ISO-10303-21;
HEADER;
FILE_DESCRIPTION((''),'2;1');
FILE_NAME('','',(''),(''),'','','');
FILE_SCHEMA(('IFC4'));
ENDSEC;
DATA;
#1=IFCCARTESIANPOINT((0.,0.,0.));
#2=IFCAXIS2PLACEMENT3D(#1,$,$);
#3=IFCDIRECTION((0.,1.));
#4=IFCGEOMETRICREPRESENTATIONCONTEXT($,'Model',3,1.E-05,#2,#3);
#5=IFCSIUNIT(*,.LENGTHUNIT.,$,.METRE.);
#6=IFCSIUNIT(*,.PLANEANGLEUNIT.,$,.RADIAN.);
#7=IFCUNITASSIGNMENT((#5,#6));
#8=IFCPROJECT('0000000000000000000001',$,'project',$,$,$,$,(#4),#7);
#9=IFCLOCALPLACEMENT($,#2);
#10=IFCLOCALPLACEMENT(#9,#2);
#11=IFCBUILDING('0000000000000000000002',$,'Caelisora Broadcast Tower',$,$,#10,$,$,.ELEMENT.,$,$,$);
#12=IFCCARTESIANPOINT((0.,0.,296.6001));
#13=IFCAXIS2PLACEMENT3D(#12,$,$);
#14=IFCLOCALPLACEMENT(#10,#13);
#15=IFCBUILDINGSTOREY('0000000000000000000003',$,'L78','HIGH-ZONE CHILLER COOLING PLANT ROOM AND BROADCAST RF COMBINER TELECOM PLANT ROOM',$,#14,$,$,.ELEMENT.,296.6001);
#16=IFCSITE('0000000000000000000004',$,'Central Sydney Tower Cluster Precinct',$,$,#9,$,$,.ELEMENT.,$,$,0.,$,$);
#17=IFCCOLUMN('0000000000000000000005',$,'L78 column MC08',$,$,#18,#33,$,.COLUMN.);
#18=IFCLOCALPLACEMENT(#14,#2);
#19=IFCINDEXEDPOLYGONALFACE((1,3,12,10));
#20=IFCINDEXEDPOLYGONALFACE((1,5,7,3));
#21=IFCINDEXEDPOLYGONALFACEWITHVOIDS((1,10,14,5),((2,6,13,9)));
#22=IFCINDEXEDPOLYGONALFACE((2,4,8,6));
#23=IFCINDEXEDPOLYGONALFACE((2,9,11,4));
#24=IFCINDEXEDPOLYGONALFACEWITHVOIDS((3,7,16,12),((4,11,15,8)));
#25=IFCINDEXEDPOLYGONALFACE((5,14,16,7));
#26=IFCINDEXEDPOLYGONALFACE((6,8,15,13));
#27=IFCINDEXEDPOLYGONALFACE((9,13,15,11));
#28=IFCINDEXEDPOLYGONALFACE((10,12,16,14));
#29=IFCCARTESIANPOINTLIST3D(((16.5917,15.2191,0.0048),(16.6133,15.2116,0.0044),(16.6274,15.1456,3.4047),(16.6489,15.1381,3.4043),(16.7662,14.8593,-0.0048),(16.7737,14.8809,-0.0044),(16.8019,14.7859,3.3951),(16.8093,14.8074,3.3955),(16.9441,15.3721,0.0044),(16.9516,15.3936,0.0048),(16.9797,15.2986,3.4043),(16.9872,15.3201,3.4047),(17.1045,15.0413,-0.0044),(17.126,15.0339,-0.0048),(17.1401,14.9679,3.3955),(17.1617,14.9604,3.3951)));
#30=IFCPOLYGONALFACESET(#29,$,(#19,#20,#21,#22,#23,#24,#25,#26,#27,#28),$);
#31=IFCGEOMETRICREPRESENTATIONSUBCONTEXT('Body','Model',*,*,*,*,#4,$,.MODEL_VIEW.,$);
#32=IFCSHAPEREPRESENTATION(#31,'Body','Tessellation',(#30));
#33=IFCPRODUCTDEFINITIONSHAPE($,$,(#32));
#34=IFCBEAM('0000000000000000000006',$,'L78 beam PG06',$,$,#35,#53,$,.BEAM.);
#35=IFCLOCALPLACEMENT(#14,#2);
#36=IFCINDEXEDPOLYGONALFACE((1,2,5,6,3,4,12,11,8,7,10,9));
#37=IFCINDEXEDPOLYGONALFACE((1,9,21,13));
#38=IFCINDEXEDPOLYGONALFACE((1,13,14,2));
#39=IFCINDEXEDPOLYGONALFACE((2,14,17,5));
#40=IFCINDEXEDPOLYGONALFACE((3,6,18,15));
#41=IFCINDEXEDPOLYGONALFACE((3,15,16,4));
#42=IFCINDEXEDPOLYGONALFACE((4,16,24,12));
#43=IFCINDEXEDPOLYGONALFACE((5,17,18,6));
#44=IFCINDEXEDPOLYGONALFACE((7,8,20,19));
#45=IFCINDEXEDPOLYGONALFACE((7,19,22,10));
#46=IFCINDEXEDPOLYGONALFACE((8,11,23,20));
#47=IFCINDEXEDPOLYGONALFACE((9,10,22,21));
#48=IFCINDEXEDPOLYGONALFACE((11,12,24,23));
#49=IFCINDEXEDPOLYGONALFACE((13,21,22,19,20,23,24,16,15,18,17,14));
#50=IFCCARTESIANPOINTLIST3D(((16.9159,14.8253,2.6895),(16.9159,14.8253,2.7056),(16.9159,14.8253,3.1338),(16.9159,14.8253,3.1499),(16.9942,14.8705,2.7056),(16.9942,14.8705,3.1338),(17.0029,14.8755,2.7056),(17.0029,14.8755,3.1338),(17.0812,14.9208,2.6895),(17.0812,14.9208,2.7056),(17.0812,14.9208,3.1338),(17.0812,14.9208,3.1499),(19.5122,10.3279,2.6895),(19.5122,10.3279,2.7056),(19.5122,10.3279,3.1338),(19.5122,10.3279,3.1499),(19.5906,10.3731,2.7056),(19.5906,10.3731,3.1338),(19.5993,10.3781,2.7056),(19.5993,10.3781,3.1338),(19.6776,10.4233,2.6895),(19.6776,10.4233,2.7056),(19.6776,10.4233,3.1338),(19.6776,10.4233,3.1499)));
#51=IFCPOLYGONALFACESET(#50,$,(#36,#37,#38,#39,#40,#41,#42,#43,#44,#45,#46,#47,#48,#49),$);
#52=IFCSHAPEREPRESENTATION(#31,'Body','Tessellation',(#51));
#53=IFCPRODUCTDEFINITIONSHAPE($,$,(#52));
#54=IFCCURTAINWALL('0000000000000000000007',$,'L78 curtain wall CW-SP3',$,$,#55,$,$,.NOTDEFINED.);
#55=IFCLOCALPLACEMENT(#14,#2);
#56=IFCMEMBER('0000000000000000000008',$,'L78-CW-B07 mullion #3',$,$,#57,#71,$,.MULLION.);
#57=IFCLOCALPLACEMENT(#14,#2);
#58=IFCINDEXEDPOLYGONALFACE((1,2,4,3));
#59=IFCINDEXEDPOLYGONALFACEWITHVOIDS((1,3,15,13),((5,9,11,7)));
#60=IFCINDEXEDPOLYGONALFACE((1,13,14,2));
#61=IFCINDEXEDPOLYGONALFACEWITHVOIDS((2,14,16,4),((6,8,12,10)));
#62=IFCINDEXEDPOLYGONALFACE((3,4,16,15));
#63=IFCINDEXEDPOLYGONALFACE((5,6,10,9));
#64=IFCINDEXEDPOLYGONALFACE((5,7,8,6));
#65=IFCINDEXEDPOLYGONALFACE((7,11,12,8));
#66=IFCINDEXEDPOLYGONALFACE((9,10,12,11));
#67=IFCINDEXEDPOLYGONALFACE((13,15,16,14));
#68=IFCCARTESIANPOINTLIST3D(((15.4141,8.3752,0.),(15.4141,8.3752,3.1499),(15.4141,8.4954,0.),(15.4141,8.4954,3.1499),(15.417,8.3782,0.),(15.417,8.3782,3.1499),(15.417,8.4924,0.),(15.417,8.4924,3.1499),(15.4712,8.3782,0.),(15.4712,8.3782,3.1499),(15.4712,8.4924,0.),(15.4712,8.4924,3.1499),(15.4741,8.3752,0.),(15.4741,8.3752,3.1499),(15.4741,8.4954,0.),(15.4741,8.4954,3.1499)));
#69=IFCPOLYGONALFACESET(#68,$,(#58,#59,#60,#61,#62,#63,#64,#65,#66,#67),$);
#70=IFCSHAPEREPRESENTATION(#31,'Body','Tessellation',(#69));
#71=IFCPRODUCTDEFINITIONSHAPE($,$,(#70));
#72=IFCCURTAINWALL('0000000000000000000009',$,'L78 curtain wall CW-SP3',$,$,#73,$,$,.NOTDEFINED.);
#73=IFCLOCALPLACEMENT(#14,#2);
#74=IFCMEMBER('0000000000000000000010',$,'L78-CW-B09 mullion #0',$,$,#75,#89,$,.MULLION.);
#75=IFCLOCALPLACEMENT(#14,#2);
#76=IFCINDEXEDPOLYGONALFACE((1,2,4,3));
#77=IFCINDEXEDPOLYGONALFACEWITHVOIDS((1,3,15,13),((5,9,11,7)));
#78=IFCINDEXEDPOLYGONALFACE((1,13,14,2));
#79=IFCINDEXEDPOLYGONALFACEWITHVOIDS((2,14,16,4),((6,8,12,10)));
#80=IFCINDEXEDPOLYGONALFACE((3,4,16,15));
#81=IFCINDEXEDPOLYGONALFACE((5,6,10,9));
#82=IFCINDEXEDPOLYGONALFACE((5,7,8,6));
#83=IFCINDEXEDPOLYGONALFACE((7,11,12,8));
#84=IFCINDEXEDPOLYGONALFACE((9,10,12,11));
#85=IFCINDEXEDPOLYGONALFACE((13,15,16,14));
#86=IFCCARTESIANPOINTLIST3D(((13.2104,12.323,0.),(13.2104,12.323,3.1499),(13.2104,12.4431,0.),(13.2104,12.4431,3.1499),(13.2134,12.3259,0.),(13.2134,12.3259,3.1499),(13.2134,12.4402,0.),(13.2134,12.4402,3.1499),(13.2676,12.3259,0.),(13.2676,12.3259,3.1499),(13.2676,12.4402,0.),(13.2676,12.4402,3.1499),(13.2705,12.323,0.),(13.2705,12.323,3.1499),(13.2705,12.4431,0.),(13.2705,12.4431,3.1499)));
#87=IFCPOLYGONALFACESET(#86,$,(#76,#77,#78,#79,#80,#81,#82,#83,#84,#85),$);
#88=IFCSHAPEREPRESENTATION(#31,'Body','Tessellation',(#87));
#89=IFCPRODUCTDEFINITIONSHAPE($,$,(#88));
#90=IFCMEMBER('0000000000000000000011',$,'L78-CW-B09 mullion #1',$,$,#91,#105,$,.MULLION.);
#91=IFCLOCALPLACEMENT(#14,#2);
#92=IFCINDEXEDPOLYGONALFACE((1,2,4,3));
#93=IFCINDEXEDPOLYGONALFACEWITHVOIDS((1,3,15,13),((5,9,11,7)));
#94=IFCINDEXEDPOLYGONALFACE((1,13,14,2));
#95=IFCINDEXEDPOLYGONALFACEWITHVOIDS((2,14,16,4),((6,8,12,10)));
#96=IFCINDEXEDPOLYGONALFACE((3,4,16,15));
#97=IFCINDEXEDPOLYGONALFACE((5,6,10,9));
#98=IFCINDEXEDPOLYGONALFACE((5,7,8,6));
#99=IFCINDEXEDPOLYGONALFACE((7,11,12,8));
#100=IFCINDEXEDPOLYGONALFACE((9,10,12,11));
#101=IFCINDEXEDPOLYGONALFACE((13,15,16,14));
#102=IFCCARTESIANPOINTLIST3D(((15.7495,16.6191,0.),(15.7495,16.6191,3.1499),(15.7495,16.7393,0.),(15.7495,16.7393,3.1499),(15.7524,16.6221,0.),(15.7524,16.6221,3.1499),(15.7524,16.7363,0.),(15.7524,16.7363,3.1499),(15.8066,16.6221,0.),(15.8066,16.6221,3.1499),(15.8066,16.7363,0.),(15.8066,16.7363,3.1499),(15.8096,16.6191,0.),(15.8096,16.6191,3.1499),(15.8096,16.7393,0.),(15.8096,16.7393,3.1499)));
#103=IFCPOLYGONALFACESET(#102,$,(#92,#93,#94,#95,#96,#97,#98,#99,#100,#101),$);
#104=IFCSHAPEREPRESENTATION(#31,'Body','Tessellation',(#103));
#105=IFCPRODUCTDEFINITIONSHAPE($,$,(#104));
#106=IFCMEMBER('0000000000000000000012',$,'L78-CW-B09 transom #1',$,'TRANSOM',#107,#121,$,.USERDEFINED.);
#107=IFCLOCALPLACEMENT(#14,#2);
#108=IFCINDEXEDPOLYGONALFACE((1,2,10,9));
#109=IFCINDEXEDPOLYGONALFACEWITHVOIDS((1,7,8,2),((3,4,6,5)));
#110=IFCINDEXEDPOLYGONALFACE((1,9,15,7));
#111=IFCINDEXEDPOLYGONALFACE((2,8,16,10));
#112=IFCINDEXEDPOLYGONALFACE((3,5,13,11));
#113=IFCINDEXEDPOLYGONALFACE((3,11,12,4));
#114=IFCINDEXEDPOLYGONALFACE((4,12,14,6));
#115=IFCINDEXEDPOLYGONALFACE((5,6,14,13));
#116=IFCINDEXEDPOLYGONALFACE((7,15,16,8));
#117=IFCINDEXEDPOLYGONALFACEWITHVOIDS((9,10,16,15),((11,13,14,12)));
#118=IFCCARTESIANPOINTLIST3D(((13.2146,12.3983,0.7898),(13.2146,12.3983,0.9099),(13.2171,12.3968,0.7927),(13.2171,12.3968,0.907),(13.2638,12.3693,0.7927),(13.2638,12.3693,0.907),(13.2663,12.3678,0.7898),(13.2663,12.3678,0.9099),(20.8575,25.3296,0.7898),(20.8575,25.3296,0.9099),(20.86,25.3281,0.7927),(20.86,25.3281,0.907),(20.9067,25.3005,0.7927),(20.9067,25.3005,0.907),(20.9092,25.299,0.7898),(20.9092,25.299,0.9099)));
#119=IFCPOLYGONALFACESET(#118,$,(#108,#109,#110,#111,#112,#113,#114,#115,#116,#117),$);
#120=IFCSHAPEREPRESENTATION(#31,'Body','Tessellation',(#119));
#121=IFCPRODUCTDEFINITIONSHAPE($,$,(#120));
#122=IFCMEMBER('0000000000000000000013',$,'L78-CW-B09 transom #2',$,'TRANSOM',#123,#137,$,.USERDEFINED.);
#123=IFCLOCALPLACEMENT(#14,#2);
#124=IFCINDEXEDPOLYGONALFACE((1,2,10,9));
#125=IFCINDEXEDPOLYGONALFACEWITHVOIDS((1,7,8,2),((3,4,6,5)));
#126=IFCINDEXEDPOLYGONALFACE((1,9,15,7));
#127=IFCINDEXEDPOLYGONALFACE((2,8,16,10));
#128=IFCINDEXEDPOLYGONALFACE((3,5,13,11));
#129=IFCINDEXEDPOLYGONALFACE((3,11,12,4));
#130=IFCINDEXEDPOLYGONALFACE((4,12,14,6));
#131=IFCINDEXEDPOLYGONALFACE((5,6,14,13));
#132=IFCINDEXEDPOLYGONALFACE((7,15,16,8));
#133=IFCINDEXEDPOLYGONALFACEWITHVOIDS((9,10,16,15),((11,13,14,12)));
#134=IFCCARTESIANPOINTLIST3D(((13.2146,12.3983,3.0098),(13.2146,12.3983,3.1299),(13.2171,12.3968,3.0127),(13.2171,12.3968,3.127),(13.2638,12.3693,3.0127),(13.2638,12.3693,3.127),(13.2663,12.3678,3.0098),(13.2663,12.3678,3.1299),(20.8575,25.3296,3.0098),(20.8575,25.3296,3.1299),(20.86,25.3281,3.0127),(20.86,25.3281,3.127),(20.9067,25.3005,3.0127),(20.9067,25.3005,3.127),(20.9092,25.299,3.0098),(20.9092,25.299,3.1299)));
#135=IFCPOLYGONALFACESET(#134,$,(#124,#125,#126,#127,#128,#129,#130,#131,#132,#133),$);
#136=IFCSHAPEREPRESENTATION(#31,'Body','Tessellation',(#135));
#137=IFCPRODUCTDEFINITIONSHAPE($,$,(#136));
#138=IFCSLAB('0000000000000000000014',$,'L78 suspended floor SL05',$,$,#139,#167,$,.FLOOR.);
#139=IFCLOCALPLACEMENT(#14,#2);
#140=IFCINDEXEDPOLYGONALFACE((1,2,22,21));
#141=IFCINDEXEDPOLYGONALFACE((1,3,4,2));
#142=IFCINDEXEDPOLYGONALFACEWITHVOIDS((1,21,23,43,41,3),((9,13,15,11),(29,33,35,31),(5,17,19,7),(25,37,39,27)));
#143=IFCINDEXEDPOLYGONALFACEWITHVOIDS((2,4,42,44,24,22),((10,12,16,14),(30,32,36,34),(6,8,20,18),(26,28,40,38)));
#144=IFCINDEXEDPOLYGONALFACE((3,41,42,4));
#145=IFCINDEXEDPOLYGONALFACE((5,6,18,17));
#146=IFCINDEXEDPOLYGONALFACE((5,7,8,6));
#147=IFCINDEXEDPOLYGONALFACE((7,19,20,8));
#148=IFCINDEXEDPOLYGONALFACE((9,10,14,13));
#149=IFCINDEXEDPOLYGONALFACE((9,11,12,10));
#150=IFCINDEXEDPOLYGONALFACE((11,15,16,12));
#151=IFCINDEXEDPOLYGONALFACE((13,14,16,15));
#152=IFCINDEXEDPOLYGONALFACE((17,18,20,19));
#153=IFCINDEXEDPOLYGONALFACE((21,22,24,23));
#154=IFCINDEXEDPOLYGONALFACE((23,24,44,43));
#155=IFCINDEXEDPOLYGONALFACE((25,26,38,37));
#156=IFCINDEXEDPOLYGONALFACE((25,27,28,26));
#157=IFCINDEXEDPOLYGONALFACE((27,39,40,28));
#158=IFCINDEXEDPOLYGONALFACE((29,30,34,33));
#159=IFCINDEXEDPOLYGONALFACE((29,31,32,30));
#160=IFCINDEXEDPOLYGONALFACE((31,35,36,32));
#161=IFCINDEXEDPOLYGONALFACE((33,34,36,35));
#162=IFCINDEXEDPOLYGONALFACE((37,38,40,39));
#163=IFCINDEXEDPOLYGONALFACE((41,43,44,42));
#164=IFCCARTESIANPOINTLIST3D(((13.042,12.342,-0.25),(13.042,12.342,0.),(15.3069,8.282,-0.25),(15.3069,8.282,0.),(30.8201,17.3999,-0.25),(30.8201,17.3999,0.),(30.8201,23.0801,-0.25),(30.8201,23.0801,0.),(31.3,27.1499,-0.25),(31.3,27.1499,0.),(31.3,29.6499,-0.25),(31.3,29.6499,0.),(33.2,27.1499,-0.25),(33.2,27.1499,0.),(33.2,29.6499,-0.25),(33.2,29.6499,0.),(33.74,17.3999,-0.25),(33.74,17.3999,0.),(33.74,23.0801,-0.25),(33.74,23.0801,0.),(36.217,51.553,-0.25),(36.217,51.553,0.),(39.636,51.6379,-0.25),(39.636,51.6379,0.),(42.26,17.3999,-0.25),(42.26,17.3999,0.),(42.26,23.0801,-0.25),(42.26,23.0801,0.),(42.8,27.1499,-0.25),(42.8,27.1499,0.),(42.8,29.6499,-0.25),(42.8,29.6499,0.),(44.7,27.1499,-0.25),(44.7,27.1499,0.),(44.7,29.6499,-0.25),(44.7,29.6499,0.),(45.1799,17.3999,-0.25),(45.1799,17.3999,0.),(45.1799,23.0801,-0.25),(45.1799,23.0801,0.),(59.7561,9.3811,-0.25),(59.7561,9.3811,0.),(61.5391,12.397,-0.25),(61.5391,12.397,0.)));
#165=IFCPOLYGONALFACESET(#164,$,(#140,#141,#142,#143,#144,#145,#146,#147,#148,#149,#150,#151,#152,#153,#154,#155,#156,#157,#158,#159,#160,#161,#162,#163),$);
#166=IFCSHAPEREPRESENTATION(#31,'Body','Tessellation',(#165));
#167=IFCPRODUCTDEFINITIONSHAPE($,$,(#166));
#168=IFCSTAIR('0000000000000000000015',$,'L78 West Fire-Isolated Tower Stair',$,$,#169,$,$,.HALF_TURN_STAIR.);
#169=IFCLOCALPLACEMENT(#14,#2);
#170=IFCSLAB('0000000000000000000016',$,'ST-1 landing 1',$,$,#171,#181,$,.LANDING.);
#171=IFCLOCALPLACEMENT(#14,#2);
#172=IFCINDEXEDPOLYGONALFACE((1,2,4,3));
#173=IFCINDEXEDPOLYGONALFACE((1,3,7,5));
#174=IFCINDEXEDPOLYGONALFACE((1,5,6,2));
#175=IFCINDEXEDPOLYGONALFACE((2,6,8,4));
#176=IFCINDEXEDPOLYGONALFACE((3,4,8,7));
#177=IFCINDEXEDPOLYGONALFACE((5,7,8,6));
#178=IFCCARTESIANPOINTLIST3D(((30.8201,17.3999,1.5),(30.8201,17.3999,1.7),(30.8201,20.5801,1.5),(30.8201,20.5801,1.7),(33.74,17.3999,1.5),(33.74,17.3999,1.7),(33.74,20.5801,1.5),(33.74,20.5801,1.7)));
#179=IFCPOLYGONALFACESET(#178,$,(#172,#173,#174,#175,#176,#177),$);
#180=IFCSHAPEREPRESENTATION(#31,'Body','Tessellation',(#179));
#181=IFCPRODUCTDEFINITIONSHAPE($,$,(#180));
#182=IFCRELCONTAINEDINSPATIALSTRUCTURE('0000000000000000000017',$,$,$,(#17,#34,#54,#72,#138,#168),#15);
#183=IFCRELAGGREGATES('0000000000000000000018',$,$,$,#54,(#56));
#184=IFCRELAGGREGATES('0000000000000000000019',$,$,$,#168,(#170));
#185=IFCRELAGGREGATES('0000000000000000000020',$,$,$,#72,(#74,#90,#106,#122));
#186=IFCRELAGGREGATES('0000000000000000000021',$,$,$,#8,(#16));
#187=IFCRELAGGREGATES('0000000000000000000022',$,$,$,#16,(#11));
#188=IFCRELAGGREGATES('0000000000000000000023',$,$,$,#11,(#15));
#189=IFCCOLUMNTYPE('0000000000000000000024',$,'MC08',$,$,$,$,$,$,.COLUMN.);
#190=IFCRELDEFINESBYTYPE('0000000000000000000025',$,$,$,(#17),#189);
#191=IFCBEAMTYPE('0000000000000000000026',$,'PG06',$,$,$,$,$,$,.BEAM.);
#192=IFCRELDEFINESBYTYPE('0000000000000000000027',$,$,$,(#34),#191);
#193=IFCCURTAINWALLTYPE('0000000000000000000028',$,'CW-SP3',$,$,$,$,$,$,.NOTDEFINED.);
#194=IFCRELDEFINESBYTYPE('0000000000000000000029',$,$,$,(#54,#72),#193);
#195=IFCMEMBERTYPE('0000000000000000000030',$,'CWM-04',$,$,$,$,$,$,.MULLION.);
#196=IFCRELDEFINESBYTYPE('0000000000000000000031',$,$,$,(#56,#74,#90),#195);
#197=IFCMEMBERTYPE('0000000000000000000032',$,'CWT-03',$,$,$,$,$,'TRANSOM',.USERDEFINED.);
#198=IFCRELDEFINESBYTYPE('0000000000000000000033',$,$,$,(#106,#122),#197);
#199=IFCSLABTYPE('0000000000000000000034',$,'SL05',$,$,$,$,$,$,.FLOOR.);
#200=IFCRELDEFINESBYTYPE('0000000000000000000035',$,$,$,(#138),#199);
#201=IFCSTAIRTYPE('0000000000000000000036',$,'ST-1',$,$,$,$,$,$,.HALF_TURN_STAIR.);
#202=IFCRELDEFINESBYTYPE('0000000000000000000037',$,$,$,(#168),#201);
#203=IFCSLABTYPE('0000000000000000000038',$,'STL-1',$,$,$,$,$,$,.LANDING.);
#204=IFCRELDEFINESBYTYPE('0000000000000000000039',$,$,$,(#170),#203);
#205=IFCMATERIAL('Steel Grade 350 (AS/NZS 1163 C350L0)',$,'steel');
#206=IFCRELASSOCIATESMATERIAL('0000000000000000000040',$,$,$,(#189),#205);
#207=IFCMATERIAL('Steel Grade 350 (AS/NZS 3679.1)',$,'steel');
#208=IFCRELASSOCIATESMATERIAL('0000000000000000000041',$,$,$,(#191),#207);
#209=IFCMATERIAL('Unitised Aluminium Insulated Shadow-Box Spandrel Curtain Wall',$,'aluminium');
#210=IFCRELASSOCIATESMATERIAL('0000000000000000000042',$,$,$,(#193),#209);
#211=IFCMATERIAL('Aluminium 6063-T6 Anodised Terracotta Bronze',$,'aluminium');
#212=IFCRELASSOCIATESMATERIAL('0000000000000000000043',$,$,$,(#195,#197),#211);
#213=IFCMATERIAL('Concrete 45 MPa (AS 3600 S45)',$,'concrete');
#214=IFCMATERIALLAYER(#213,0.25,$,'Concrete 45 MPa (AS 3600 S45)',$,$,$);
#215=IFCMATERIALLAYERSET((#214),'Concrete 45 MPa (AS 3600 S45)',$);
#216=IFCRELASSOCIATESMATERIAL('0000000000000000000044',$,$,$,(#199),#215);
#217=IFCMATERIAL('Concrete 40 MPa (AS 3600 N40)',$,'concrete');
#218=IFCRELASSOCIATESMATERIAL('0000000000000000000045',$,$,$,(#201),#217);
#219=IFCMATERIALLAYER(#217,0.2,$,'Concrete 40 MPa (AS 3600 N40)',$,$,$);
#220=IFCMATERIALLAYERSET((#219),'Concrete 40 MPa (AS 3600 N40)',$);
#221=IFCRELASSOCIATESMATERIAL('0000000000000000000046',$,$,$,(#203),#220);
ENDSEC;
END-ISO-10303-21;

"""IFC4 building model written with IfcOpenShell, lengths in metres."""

from ifc_helpers import new_model, si_unit, direction, frame, origin, origin_2d, place, context, subcontext, project, spatial, polyline, hollow_rectangle, i_section, outline, extrude, source, transform, mapped, material, layer, layer_set, material_profile, profile_set, type_object, type_shapes, element, aggregate, save


model = new_model("IFC4")

# Units and contexts
model_context = context("Model", 3, precision=1e-05, world=origin(), true_north=direction((0.0, 1.0)))
body_context = subcontext(model_context, "Body", "Model", "MODEL_VIEW")
ifc_project = project(units=[si_unit("LENGTHUNIT", "METRE"), si_unit("PLANEANGLEUNIT", "RADIAN")], contexts=[model_context])

# Site, building, storey
site_placement = place(None, origin())
site = spatial("IfcSite", under=ifc_project, at=site_placement, Name="Central Sydney Tower Cluster Precinct", CompositionType="ELEMENT", RefElevation=0.0)
building_placement = place(site_placement, origin())
building = spatial("IfcBuilding", under=site, at=building_placement, Name="Caelisora Broadcast Tower", CompositionType="ELEMENT")
storey_placement = place(building_placement, frame((0.0, 0.0, 296.6001)))
storey = spatial("IfcBuildingStorey", under=building, at=storey_placement, Name="L78", Description="HIGH-ZONE CHILLER COOLING PLANT ROOM AND BROADCAST RF COMBINER TELECOM PLANT ROOM", CompositionType="ELEMENT", Elevation=296.6001)

# Column
ifc_material_1 = material(Name="Steel Grade 350 (AS/NZS 1163 C350L0)", Category="steel")
ifc_material_profile_1 = material_profile(ifc_material_1, hollow_rectangle(XDim=0.3999, YDim=0.3999, WallThickness=0.0161, at=origin_2d()), Name="Steel Grade 350 (AS/NZS 1163 C350L0)")
ifc_profile_set_1 = profile_set([ifc_material_profile_1], Name="Steel Grade 350 (AS/NZS 1163 C350L0)")
column_type = type_object("IfcColumnType", Name="MC08", PredefinedType="COLUMN", material=ifc_profile_set_1)
shared_shape_1 = source(origin(), body_context, "Body", "SweptSolid", [
    extrude(hollow_rectangle(XDim=0.3999, YDim=0.3999, WallThickness=0.0161, at=origin_2d()), origin(), (0.0, 0.0, 1.0), 3.4009),
])
type_shapes(column_type, [shared_shape_1])
column_placement = place(storey_placement, frame((16.8589, 15.1265, 0.0), z_axis=(0.010481, -0.021608, 0.999712), x_axis=(0.899743, 0.43642, 0.0)))
element("IfcColumn", 1, at=column_placement, inside=storey, type_object=column_type, Name="L78 column MC08", PredefinedType="COLUMN", context=body_context, shape_type="MappedRepresentation", body=[
    mapped(shared_shape_1, transform((0.0, 0.0, 0.0), scale=1.0)),
])

# Beam
ifc_material_2 = material(Name="Steel Grade 350 (AS/NZS 3679.1)", Category="steel")
ifc_material_profile_2 = material_profile(ifc_material_2, i_section(OverallWidth=0.1909, OverallDepth=0.4604, WebThickness=0.01, FlangeThickness=0.0161, at=origin_2d()), Name="Steel Grade 350 (AS/NZS 3679.1)")
ifc_profile_set_2 = profile_set([ifc_material_profile_2], Name="Steel Grade 350 (AS/NZS 3679.1)")
beam_type = type_object("IfcBeamType", Name="PG06", PredefinedType="BEAM", material=ifc_profile_set_2)
shared_shape_2 = source(origin(), body_context, "Body", "SweptSolid", [
    extrude(i_section(OverallWidth=0.1909, OverallDepth=0.4604, WebThickness=0.01, FlangeThickness=0.0161, at=origin_2d()), origin(), (0.0, 0.0, 1.0), 5.1931),
])
type_shapes(beam_type, [shared_shape_2])
beam_placement = place(storey_placement, frame((16.9985, 14.873, 2.9197), z_axis=(0.499967, -0.866045, 0.0), x_axis=(0.866045, 0.499967, 0.0)))
element("IfcBeam", 2, at=beam_placement, inside=storey, type_object=beam_type, Name="L78 beam PG06", PredefinedType="BEAM", context=body_context, shape_type="MappedRepresentation", body=[
    mapped(shared_shape_2, transform((0.0, 0.0, 0.0), scale=1.0)),
])

# Curtain wall, member
ifc_material_3 = material(Name="Unitised Aluminium Insulated Shadow-Box Spandrel Curtain Wall", Category="aluminium")
curtain_wall_type = type_object("IfcCurtainWallType", Name="CW-SP3", PredefinedType="NOTDEFINED", material=ifc_material_3)
curtain_wall_1_placement = place(storey_placement, origin())
curtain_wall_1 = element("IfcCurtainWall", 3, at=curtain_wall_1_placement, inside=storey, type_object=curtain_wall_type, Name="L78 curtain wall CW-SP3", PredefinedType="NOTDEFINED")
ifc_material_4 = material(Name="Aluminium 6063-T6 Anodised Terracotta Bronze", Category="aluminium")
ifc_material_profile_3 = material_profile(ifc_material_4, hollow_rectangle(XDim=0.0601, YDim=0.1201, WallThickness=0.0029, at=origin_2d()), Name="Aluminium 6063-T6 Anodised Terracotta Bronze")
ifc_profile_set_3 = profile_set([ifc_material_profile_3], Name="Aluminium 6063-T6 Anodised Terracotta Bronze")
member_type_1 = type_object("IfcMemberType", Name="CWM-04", PredefinedType="MULLION", material=ifc_profile_set_3)
shared_shape_3 = source(origin(), body_context, "Body", "SweptSolid", [
    extrude(hollow_rectangle(XDim=0.0601, YDim=0.1201, WallThickness=0.0029, at=origin_2d()), origin(), (0.0, 0.0, 1.0), 3.1499),
])
type_shapes(member_type_1, [shared_shape_3])
member_1_placement = place(storey_placement, frame((15.4441, 8.4353, 0.0), z_axis=(0.0, 0.0, 1.0), x_axis=(1.0, 0.0, 0.0)))
member_1 = element("IfcMember", 4, at=member_1_placement, type_object=member_type_1, Name="L78-CW-B07 mullion #3", PredefinedType="MULLION", context=body_context, shape_type="MappedRepresentation", body=[
    mapped(shared_shape_3, transform((0.0, 0.0, 0.0), scale=1.0)),
])
aggregate(curtain_wall_1, [member_1])

# Curtain wall, members
curtain_wall_2_placement = place(storey_placement, origin())
curtain_wall_2 = element("IfcCurtainWall", 5, at=curtain_wall_2_placement, inside=storey, type_object=curtain_wall_type, Name="L78 curtain wall CW-SP3", PredefinedType="NOTDEFINED")
member_2_placement = place(storey_placement, frame((13.2405, 12.3831, 0.0), z_axis=(0.0, 0.0, 1.0), x_axis=(1.0, 0.0, 0.0)))
member_2 = element("IfcMember", 6, at=member_2_placement, type_object=member_type_1, Name="L78-CW-B09 mullion #0", PredefinedType="MULLION", context=body_context, shape_type="MappedRepresentation", body=[
    mapped(shared_shape_3, transform((0.0, 0.0, 0.0), scale=1.0)),
])
member_3_placement = place(storey_placement, frame((15.7795, 16.6792, 0.0), z_axis=(0.0, 0.0, 1.0), x_axis=(1.0, 0.0, 0.0)))
member_3 = element("IfcMember", 7, at=member_3_placement, type_object=member_type_1, Name="L78-CW-B09 mullion #1", PredefinedType="MULLION", context=body_context, shape_type="MappedRepresentation", body=[
    mapped(shared_shape_3, transform((0.0, 0.0, 0.0), scale=1.0)),
])
ifc_material_profile_4 = material_profile(ifc_material_4, hollow_rectangle(XDim=0.0601, YDim=0.1201, WallThickness=0.0029, at=origin_2d()), Name="Aluminium 6063-T6 Anodised Terracotta Bronze")
ifc_profile_set_4 = profile_set([ifc_material_profile_4], Name="Aluminium 6063-T6 Anodised Terracotta Bronze")
member_type_2 = type_object("IfcMemberType", Name="CWT-03", ElementType="TRANSOM", PredefinedType="USERDEFINED", material=ifc_profile_set_4)
shared_shape_4 = source(origin(), body_context, "Body", "SweptSolid", [
    extrude(hollow_rectangle(XDim=0.0601, YDim=0.1201, WallThickness=0.0029, at=origin_2d()), origin(), (0.0, 0.0, 1.0), 15.021),
])
type_shapes(member_type_2, [shared_shape_4])
member_4_placement = place(storey_placement, frame((13.2405, 12.3831, 0.8499), z_axis=(0.508813, 0.860877, 0.0), x_axis=(-0.860877, 0.508813, 0.0)))
member_4 = element("IfcMember", 8, at=member_4_placement, type_object=member_type_2, Name="L78-CW-B09 transom #1", ObjectType="TRANSOM", PredefinedType="USERDEFINED", context=body_context, shape_type="MappedRepresentation", body=[
    mapped(shared_shape_4, transform((0.0, 0.0, 0.0), scale=1.0)),
])
member_5_placement = place(storey_placement, frame((13.2405, 12.3831, 3.0698), z_axis=(0.508813, 0.860877, 0.0), x_axis=(-0.860877, 0.508813, 0.0)))
member_5 = element("IfcMember", 9, at=member_5_placement, type_object=member_type_2, Name="L78-CW-B09 transom #2", ObjectType="TRANSOM", PredefinedType="USERDEFINED", context=body_context, shape_type="MappedRepresentation", body=[
    mapped(shared_shape_4, transform((0.0, 0.0, 0.0), scale=1.0)),
])

# Slab
ifc_material_5 = material(Name="Concrete 45 MPa (AS 3600 S45)", Category="concrete")
ifc_layer_1 = layer(ifc_material_5, 0.25, Name="Concrete 45 MPa (AS 3600 S45)")
ifc_layer_set_1 = layer_set([ifc_layer_1], Name="Concrete 45 MPa (AS 3600 S45)")
slab_type_1 = type_object("IfcSlabType", Name="SL05", PredefinedType="FLOOR", material=ifc_layer_set_1)
slab_1_placement = place(storey_placement, frame((0.0, 0.0, -0.25)))
element("IfcSlab", 10, at=slab_1_placement, inside=storey, type_object=slab_type_1, Name="L78 suspended floor SL05", PredefinedType="FLOOR", context=body_context, shape_type="SweptSolid", body=[
    extrude(outline(polyline([(39.636, 51.6379), (36.217, 51.553), (13.042, 12.342), (15.3069, 8.282), (59.7561, 9.3811), (61.5391, 12.397), (39.636, 51.6379)]), holes=[polyline([(30.8201, 17.3999), (33.74, 17.3999), (33.74, 23.0801), (30.8201, 23.0801), (30.8201, 17.3999)]), polyline([(42.26, 17.3999), (45.1799, 17.3999), (45.1799, 23.0801), (42.26, 23.0801), (42.26, 17.3999)]), polyline([(42.8, 27.1499), (44.7, 27.1499), (44.7, 29.6499), (42.8, 29.6499), (42.8, 27.1499)]), polyline([(31.3, 27.1499), (33.2, 27.1499), (33.2, 29.6499), (31.3, 29.6499), (31.3, 27.1499)])]), origin(), (0.0, 0.0, 1.0), 0.25),
])

# Stair, slab
ifc_material_6 = material(Name="Concrete 40 MPa (AS 3600 N40)", Category="concrete")
stair_type_1 = type_object("IfcStairType", Name="ST-1", PredefinedType="HALF_TURN_STAIR", material=ifc_material_6)
stair_1_placement = place(storey_placement, origin())
stair_1 = element("IfcStair", 11, at=stair_1_placement, inside=storey, type_object=stair_type_1, Name="L78 West Fire-Isolated Tower Stair", PredefinedType="HALF_TURN_STAIR")
ifc_layer_2 = layer(ifc_material_6, 0.2, Name="Concrete 40 MPa (AS 3600 N40)")
ifc_layer_set_2 = layer_set([ifc_layer_2], Name="Concrete 40 MPa (AS 3600 N40)")
slab_type_2 = type_object("IfcSlabType", Name="STL-1", PredefinedType="LANDING", material=ifc_layer_set_2)
slab_2_placement = place(storey_placement, frame((0.0, 0.0, 1.5)))
slab_2 = element("IfcSlab", 12, at=slab_2_placement, type_object=slab_type_2, Name="ST-1 landing 1", PredefinedType="LANDING", context=body_context, shape_type="SweptSolid", body=[
    extrude(outline(polyline([(30.8201, 20.5801), (30.8201, 17.3999), (33.74, 17.3999), (33.74, 20.5801), (30.8201, 20.5801)])), origin(), (0.0, 0.0, 1.0), 0.2),
])
aggregate(stair_1, [slab_2])

aggregate(curtain_wall_2, [member_2, member_3, member_4, member_5])

save(model, "model.ifc")
